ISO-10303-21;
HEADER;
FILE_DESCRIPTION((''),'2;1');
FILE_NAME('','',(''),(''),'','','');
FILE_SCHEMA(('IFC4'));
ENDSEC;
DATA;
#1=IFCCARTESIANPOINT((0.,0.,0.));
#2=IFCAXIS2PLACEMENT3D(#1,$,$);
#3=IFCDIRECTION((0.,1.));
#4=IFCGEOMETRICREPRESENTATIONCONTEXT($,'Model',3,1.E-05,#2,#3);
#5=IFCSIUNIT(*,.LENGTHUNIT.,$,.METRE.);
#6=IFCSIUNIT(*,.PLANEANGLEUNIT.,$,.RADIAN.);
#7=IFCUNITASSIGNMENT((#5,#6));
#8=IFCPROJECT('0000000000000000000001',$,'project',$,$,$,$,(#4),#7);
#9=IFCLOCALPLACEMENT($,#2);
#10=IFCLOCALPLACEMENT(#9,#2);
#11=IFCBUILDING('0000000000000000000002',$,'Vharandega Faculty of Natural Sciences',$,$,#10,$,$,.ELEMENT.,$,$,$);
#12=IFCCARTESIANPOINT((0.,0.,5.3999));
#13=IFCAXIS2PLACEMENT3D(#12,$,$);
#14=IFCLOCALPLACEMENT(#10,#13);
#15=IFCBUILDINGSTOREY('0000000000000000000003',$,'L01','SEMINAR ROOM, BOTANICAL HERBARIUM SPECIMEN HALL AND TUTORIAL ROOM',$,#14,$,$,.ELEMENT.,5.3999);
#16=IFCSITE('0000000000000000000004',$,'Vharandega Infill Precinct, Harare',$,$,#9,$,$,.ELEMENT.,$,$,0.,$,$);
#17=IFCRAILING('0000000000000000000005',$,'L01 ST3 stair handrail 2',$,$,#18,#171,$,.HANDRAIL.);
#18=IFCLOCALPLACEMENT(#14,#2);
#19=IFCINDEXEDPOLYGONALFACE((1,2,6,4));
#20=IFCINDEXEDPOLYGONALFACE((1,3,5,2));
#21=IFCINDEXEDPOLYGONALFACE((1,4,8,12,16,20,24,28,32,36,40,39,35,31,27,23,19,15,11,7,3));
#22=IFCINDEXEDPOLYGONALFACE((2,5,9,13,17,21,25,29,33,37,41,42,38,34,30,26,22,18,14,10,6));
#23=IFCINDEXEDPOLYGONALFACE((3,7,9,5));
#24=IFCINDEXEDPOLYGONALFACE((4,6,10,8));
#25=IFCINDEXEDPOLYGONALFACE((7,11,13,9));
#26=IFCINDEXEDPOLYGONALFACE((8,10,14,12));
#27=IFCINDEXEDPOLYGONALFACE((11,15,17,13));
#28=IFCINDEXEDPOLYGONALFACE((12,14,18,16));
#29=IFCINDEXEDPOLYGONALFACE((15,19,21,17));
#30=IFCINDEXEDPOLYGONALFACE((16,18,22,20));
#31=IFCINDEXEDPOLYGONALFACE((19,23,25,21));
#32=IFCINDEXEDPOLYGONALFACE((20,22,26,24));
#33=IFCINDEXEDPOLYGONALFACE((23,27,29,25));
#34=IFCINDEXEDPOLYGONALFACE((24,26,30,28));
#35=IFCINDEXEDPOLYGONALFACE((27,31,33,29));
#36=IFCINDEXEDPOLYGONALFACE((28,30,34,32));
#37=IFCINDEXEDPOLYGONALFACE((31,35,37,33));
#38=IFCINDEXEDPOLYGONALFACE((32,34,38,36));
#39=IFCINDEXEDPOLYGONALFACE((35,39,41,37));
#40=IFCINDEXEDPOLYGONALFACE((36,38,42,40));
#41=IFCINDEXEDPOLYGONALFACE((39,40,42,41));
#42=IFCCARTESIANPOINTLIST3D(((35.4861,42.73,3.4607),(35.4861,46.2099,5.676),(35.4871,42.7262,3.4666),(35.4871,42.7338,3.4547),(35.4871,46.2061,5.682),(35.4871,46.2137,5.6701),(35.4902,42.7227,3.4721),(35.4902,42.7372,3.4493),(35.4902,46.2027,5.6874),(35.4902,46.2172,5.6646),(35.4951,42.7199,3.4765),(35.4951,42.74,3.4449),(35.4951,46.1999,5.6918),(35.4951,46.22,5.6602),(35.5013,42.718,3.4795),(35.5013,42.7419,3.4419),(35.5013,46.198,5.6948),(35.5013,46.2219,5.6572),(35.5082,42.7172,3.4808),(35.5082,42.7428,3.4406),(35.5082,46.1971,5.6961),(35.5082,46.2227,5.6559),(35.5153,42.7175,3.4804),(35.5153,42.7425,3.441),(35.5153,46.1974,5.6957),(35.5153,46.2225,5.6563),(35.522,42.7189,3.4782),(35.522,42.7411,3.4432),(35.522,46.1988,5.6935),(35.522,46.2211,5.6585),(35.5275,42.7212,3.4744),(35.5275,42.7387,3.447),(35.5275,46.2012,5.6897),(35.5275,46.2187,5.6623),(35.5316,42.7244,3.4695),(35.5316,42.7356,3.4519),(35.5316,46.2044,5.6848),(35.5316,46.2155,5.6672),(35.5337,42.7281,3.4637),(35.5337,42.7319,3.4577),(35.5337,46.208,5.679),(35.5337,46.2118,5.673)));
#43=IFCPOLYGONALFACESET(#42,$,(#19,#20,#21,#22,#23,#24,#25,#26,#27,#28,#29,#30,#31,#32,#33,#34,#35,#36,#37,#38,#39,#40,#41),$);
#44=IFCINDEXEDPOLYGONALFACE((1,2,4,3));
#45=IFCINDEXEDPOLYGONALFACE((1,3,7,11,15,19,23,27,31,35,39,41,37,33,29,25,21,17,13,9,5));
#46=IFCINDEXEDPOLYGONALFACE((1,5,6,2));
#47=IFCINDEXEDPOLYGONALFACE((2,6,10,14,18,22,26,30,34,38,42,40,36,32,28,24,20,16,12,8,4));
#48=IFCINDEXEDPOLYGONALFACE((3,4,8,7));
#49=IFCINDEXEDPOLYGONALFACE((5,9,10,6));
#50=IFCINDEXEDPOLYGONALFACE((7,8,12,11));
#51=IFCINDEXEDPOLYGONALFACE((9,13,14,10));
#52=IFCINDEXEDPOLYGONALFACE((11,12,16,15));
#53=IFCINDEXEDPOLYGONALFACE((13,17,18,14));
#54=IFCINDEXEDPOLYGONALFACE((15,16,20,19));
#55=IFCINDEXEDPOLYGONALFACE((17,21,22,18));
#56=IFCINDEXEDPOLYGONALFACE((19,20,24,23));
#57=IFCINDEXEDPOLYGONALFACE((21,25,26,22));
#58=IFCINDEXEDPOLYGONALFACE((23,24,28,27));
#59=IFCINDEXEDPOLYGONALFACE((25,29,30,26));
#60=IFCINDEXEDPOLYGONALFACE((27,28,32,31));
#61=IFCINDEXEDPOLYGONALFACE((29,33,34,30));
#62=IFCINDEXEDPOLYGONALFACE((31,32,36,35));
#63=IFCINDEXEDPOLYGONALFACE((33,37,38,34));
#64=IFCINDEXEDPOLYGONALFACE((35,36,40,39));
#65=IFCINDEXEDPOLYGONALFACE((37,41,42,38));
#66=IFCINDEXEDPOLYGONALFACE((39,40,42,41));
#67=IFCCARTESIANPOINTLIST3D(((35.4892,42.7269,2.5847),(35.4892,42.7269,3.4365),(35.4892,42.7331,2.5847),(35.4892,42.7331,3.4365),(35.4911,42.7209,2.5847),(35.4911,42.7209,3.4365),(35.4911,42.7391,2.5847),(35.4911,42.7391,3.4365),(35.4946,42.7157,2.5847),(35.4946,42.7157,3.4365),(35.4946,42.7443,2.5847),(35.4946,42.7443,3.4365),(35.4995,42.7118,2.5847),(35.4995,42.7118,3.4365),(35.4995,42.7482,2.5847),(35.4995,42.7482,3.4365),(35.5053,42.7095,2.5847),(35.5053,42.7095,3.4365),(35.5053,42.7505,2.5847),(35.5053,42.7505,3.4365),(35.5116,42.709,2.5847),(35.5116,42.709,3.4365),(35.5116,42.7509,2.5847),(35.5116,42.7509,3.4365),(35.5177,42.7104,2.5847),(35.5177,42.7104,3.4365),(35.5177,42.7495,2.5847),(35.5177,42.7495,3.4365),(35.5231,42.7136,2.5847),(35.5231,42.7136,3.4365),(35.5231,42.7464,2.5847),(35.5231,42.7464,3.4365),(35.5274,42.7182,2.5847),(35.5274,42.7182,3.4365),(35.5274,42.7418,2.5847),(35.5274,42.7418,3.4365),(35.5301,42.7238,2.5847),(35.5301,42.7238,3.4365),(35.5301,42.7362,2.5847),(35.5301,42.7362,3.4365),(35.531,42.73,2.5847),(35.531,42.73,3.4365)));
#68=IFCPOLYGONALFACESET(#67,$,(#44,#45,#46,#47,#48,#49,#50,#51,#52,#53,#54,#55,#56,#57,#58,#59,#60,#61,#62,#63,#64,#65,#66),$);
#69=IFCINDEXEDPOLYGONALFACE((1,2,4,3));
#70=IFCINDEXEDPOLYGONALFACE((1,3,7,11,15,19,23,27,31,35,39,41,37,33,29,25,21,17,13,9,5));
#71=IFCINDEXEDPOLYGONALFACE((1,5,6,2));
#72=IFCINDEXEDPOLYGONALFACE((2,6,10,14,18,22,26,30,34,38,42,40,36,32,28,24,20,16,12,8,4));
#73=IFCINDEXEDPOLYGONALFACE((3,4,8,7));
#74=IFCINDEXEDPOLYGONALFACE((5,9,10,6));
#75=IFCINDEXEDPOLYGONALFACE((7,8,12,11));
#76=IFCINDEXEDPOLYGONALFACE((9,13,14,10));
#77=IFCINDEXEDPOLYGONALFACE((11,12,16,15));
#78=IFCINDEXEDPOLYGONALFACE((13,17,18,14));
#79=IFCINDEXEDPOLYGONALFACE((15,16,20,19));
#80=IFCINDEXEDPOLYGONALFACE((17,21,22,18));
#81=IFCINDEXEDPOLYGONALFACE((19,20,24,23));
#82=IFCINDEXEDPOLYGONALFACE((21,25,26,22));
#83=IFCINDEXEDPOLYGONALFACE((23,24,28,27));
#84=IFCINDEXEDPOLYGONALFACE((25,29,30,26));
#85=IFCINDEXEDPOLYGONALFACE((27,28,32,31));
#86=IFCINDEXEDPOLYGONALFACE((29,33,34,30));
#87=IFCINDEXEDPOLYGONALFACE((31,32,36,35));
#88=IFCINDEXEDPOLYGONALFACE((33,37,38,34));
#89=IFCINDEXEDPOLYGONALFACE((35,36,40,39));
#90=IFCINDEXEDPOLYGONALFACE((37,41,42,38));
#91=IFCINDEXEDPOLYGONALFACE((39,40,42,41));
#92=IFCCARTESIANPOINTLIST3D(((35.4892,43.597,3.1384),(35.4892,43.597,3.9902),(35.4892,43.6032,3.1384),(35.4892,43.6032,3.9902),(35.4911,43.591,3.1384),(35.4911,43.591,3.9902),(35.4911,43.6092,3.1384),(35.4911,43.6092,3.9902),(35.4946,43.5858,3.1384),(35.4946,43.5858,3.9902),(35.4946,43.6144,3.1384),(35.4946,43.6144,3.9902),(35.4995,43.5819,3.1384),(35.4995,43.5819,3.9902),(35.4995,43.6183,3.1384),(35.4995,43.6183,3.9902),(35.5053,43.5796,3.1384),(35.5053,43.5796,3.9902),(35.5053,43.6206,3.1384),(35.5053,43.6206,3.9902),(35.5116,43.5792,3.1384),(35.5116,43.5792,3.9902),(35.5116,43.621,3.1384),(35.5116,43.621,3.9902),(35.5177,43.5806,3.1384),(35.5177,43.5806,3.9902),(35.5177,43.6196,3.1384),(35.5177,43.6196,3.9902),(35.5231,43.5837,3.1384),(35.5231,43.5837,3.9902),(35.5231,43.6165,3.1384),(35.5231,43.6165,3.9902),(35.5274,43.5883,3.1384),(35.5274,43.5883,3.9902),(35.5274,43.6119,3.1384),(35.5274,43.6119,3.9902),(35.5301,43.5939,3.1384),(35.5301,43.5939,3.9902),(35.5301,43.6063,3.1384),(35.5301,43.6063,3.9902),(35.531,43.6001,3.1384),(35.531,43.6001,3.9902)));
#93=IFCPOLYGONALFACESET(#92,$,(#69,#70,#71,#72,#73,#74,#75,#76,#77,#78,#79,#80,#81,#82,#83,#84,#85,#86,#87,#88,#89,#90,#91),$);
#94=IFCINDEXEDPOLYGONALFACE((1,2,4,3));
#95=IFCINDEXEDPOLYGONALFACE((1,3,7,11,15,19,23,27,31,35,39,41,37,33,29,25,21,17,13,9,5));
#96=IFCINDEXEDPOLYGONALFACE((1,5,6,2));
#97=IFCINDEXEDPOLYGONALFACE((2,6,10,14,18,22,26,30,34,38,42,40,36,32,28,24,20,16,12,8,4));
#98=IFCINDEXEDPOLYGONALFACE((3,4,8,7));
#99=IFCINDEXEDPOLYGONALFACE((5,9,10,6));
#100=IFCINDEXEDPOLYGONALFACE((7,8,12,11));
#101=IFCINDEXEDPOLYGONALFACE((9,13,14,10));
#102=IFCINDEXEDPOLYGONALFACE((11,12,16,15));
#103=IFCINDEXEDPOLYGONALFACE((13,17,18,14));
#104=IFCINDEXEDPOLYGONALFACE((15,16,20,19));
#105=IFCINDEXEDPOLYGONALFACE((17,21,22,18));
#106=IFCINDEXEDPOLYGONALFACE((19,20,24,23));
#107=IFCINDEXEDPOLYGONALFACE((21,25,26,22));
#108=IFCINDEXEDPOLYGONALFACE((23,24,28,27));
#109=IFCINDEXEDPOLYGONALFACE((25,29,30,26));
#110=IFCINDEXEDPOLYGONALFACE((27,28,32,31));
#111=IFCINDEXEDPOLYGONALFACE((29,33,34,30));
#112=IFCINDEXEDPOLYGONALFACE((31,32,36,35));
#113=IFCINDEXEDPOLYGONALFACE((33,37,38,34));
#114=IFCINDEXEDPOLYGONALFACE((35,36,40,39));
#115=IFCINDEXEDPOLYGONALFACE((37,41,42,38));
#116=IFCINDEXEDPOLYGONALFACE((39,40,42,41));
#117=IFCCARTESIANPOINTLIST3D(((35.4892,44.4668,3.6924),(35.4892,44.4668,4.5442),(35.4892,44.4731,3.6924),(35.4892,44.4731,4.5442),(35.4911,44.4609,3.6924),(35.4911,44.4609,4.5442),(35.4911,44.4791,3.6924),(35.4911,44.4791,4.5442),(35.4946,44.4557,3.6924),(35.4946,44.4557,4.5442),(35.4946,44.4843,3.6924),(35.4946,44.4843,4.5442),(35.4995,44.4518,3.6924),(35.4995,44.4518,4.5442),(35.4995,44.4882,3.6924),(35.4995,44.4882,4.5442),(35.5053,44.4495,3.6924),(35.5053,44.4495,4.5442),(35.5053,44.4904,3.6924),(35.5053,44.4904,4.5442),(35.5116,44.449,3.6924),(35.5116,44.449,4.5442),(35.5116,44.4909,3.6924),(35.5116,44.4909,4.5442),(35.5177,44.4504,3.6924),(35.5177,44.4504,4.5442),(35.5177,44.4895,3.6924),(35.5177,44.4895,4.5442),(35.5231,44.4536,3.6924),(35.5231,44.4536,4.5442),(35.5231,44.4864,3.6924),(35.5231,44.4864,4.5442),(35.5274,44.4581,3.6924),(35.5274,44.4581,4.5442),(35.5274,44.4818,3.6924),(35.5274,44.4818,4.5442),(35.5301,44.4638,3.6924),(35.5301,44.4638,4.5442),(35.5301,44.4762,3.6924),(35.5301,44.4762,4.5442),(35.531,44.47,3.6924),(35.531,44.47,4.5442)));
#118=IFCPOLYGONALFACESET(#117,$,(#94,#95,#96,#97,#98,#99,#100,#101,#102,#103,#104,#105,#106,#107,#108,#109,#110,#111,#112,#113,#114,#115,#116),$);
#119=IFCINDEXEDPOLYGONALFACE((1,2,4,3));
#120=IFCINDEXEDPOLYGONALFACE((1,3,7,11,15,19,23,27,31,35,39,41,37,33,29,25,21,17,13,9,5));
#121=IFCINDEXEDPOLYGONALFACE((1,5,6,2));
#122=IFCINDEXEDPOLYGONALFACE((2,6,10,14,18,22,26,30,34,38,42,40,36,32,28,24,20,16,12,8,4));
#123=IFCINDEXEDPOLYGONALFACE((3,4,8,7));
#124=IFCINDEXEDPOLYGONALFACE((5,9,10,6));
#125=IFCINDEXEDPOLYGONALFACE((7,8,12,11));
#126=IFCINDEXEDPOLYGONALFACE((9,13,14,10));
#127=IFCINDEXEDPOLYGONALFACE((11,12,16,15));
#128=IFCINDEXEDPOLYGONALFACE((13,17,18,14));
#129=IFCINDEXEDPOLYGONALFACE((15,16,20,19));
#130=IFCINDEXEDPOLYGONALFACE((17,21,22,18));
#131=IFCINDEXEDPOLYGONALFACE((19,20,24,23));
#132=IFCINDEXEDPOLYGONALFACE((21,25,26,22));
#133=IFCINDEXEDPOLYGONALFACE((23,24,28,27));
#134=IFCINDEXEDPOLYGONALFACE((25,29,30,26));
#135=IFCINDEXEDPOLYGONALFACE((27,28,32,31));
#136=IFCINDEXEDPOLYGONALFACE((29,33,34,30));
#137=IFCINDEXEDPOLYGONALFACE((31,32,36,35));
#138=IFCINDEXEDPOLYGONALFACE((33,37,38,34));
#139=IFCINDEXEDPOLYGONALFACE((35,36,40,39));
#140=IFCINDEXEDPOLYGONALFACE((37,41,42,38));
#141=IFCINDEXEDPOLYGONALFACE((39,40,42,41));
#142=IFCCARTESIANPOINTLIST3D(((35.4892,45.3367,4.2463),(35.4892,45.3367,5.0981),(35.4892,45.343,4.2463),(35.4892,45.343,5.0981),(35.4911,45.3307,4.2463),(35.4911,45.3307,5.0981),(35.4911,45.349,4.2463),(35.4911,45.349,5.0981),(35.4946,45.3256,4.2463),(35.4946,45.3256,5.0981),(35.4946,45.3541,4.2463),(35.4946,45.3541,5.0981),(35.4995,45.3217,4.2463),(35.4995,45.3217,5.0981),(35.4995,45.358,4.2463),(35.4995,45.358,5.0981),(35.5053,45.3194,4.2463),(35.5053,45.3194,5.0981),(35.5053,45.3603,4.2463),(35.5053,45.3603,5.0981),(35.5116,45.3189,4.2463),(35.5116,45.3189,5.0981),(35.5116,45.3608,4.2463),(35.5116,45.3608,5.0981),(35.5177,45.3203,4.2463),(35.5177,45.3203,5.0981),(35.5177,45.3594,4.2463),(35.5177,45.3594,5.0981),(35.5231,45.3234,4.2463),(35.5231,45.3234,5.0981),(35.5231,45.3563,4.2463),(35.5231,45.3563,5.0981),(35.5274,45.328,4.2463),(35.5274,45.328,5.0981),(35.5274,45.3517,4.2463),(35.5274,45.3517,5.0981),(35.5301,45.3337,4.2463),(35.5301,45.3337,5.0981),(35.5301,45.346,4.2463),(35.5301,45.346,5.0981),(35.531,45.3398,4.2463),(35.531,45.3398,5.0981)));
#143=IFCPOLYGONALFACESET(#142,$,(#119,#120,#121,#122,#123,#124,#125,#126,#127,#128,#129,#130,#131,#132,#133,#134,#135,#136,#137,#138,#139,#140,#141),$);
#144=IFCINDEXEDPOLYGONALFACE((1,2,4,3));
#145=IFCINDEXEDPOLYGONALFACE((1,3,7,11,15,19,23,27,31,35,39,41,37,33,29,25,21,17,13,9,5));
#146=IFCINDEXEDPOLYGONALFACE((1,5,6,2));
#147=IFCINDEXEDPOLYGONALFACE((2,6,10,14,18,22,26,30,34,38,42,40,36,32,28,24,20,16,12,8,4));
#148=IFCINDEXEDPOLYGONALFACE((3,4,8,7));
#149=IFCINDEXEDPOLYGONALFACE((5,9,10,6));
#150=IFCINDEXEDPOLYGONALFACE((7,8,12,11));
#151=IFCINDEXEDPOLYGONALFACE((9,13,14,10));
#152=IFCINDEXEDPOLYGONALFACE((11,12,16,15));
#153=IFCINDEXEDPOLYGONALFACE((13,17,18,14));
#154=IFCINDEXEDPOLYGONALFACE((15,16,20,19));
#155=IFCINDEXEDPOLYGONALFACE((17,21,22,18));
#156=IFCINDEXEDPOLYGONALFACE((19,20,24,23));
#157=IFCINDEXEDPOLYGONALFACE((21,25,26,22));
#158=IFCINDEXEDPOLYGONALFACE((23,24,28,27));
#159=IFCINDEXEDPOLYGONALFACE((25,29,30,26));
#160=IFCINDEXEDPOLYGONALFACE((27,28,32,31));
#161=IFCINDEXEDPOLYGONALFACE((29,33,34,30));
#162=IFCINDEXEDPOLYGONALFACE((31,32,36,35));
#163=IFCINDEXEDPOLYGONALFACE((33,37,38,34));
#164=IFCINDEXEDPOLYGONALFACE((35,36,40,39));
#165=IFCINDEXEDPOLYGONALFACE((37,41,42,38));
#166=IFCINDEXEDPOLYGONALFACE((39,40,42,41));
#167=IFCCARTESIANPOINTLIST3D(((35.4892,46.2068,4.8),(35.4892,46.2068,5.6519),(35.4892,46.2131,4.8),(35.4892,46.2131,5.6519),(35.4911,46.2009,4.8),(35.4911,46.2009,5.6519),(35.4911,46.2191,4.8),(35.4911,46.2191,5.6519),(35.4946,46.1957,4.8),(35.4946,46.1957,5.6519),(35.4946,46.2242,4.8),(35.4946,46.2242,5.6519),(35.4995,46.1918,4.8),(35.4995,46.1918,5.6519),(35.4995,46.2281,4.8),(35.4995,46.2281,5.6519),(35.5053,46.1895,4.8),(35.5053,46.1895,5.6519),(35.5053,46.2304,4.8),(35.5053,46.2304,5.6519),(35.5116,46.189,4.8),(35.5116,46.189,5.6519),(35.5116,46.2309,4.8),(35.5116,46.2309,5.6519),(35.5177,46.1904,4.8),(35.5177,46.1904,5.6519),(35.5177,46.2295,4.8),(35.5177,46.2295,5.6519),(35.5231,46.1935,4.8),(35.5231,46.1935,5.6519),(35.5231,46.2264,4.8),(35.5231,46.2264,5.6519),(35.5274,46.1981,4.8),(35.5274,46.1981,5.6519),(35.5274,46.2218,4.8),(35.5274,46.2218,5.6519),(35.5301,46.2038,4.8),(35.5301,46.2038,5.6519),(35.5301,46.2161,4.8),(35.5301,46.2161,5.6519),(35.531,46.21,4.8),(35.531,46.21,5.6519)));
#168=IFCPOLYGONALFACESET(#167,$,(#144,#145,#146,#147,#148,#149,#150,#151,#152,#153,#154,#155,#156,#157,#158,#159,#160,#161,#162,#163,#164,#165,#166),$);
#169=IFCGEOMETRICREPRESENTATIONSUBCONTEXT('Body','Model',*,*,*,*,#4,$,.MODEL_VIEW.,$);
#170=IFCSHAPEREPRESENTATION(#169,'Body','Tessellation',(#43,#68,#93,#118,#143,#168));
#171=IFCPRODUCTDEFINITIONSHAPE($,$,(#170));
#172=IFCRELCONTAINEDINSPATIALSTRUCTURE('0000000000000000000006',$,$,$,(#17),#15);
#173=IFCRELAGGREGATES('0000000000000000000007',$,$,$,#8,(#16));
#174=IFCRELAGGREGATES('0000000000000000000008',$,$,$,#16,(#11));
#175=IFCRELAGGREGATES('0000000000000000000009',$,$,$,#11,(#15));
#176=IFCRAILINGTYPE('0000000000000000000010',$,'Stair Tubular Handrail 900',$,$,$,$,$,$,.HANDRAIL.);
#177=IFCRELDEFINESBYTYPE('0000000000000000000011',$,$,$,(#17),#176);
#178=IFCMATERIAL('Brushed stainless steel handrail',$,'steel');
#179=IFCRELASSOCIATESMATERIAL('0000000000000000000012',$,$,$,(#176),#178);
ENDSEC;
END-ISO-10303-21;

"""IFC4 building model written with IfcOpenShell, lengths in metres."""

from ifc_helpers import new_model, si_unit, direction, frame, origin, origin_2d, place, context, subcontext, project, spatial, circle, extrude, material, type_object, element, save


model = new_model("IFC4")

# Units and contexts
model_context = context("Model", 3, precision=1e-05, world=origin(), true_north=direction((0.0, 1.0)))
body_context = subcontext(model_context, "Body", "Model", "MODEL_VIEW")
ifc_project = project(units=[si_unit("LENGTHUNIT", "METRE"), si_unit("PLANEANGLEUNIT", "RADIAN")], contexts=[model_context])

# Site, building, storey
site_placement = place(None, origin())
site = spatial("IfcSite", under=ifc_project, at=site_placement, Name="Vharandega Infill Precinct, Harare", CompositionType="ELEMENT", RefElevation=0.0)
building_placement = place(site_placement, origin())
building = spatial("IfcBuilding", under=site, at=building_placement, Name="Vharandega Faculty of Natural Sciences", CompositionType="ELEMENT")
storey_placement = place(building_placement, frame((0.0, 0.0, 5.3999)))
storey = spatial("IfcBuildingStorey", under=building, at=storey_placement, Name="L01", Description="SEMINAR ROOM, BOTANICAL HERBARIUM SPECIMEN HALL AND TUTORIAL ROOM", CompositionType="ELEMENT", Elevation=5.3999)

# Railing
ifc_material_1 = material(Name="Brushed stainless steel handrail", Category="steel")
railing_type_1 = type_object("IfcRailingType", Name="Stair Tubular Handrail 900", PredefinedType="HANDRAIL", material=ifc_material_1)
railing_1_placement = place(storey_placement, frame((35.51, 42.73, 2.5847)))
element("IfcRailing", 1, at=railing_1_placement, inside=storey, type_object=railing_type_1, Name="L01 ST3 stair handrail 2", PredefinedType="HANDRAIL", context=body_context, shape_type="SweptSolid", body=[
    extrude(circle(Radius=0.0239, at=origin_2d()), frame((0.0, 0.0, 0.876), z_axis=(0.0, 0.843574, 0.537013), x_axis=(-1.0, 0.0, 0.0)), (0.0, 0.0, 1.0), 4.1252),
    extrude(circle(Radius=0.021, at=origin_2d()), origin(), (0.0, 0.0, 1.0), 0.8518),
    extrude(circle(Radius=0.021, at=origin_2d()), frame((0.0, 0.8701, 0.5537)), (0.0, 0.0, 1.0), 0.8518),
    extrude(circle(Radius=0.021, at=origin_2d()), frame((0.0, 1.74, 1.1077)), (0.0, 0.0, 1.0), 0.8518),
    extrude(circle(Radius=0.021, at=origin_2d()), frame((0.0, 2.6099, 1.6616)), (0.0, 0.0, 1.0), 0.8518),
    extrude(circle(Radius=0.021, at=origin_2d()), frame((0.0, 3.48, 2.2153)), (0.0, 0.0, 1.0), 0.8518),
])

save(model, "model.ifc")
